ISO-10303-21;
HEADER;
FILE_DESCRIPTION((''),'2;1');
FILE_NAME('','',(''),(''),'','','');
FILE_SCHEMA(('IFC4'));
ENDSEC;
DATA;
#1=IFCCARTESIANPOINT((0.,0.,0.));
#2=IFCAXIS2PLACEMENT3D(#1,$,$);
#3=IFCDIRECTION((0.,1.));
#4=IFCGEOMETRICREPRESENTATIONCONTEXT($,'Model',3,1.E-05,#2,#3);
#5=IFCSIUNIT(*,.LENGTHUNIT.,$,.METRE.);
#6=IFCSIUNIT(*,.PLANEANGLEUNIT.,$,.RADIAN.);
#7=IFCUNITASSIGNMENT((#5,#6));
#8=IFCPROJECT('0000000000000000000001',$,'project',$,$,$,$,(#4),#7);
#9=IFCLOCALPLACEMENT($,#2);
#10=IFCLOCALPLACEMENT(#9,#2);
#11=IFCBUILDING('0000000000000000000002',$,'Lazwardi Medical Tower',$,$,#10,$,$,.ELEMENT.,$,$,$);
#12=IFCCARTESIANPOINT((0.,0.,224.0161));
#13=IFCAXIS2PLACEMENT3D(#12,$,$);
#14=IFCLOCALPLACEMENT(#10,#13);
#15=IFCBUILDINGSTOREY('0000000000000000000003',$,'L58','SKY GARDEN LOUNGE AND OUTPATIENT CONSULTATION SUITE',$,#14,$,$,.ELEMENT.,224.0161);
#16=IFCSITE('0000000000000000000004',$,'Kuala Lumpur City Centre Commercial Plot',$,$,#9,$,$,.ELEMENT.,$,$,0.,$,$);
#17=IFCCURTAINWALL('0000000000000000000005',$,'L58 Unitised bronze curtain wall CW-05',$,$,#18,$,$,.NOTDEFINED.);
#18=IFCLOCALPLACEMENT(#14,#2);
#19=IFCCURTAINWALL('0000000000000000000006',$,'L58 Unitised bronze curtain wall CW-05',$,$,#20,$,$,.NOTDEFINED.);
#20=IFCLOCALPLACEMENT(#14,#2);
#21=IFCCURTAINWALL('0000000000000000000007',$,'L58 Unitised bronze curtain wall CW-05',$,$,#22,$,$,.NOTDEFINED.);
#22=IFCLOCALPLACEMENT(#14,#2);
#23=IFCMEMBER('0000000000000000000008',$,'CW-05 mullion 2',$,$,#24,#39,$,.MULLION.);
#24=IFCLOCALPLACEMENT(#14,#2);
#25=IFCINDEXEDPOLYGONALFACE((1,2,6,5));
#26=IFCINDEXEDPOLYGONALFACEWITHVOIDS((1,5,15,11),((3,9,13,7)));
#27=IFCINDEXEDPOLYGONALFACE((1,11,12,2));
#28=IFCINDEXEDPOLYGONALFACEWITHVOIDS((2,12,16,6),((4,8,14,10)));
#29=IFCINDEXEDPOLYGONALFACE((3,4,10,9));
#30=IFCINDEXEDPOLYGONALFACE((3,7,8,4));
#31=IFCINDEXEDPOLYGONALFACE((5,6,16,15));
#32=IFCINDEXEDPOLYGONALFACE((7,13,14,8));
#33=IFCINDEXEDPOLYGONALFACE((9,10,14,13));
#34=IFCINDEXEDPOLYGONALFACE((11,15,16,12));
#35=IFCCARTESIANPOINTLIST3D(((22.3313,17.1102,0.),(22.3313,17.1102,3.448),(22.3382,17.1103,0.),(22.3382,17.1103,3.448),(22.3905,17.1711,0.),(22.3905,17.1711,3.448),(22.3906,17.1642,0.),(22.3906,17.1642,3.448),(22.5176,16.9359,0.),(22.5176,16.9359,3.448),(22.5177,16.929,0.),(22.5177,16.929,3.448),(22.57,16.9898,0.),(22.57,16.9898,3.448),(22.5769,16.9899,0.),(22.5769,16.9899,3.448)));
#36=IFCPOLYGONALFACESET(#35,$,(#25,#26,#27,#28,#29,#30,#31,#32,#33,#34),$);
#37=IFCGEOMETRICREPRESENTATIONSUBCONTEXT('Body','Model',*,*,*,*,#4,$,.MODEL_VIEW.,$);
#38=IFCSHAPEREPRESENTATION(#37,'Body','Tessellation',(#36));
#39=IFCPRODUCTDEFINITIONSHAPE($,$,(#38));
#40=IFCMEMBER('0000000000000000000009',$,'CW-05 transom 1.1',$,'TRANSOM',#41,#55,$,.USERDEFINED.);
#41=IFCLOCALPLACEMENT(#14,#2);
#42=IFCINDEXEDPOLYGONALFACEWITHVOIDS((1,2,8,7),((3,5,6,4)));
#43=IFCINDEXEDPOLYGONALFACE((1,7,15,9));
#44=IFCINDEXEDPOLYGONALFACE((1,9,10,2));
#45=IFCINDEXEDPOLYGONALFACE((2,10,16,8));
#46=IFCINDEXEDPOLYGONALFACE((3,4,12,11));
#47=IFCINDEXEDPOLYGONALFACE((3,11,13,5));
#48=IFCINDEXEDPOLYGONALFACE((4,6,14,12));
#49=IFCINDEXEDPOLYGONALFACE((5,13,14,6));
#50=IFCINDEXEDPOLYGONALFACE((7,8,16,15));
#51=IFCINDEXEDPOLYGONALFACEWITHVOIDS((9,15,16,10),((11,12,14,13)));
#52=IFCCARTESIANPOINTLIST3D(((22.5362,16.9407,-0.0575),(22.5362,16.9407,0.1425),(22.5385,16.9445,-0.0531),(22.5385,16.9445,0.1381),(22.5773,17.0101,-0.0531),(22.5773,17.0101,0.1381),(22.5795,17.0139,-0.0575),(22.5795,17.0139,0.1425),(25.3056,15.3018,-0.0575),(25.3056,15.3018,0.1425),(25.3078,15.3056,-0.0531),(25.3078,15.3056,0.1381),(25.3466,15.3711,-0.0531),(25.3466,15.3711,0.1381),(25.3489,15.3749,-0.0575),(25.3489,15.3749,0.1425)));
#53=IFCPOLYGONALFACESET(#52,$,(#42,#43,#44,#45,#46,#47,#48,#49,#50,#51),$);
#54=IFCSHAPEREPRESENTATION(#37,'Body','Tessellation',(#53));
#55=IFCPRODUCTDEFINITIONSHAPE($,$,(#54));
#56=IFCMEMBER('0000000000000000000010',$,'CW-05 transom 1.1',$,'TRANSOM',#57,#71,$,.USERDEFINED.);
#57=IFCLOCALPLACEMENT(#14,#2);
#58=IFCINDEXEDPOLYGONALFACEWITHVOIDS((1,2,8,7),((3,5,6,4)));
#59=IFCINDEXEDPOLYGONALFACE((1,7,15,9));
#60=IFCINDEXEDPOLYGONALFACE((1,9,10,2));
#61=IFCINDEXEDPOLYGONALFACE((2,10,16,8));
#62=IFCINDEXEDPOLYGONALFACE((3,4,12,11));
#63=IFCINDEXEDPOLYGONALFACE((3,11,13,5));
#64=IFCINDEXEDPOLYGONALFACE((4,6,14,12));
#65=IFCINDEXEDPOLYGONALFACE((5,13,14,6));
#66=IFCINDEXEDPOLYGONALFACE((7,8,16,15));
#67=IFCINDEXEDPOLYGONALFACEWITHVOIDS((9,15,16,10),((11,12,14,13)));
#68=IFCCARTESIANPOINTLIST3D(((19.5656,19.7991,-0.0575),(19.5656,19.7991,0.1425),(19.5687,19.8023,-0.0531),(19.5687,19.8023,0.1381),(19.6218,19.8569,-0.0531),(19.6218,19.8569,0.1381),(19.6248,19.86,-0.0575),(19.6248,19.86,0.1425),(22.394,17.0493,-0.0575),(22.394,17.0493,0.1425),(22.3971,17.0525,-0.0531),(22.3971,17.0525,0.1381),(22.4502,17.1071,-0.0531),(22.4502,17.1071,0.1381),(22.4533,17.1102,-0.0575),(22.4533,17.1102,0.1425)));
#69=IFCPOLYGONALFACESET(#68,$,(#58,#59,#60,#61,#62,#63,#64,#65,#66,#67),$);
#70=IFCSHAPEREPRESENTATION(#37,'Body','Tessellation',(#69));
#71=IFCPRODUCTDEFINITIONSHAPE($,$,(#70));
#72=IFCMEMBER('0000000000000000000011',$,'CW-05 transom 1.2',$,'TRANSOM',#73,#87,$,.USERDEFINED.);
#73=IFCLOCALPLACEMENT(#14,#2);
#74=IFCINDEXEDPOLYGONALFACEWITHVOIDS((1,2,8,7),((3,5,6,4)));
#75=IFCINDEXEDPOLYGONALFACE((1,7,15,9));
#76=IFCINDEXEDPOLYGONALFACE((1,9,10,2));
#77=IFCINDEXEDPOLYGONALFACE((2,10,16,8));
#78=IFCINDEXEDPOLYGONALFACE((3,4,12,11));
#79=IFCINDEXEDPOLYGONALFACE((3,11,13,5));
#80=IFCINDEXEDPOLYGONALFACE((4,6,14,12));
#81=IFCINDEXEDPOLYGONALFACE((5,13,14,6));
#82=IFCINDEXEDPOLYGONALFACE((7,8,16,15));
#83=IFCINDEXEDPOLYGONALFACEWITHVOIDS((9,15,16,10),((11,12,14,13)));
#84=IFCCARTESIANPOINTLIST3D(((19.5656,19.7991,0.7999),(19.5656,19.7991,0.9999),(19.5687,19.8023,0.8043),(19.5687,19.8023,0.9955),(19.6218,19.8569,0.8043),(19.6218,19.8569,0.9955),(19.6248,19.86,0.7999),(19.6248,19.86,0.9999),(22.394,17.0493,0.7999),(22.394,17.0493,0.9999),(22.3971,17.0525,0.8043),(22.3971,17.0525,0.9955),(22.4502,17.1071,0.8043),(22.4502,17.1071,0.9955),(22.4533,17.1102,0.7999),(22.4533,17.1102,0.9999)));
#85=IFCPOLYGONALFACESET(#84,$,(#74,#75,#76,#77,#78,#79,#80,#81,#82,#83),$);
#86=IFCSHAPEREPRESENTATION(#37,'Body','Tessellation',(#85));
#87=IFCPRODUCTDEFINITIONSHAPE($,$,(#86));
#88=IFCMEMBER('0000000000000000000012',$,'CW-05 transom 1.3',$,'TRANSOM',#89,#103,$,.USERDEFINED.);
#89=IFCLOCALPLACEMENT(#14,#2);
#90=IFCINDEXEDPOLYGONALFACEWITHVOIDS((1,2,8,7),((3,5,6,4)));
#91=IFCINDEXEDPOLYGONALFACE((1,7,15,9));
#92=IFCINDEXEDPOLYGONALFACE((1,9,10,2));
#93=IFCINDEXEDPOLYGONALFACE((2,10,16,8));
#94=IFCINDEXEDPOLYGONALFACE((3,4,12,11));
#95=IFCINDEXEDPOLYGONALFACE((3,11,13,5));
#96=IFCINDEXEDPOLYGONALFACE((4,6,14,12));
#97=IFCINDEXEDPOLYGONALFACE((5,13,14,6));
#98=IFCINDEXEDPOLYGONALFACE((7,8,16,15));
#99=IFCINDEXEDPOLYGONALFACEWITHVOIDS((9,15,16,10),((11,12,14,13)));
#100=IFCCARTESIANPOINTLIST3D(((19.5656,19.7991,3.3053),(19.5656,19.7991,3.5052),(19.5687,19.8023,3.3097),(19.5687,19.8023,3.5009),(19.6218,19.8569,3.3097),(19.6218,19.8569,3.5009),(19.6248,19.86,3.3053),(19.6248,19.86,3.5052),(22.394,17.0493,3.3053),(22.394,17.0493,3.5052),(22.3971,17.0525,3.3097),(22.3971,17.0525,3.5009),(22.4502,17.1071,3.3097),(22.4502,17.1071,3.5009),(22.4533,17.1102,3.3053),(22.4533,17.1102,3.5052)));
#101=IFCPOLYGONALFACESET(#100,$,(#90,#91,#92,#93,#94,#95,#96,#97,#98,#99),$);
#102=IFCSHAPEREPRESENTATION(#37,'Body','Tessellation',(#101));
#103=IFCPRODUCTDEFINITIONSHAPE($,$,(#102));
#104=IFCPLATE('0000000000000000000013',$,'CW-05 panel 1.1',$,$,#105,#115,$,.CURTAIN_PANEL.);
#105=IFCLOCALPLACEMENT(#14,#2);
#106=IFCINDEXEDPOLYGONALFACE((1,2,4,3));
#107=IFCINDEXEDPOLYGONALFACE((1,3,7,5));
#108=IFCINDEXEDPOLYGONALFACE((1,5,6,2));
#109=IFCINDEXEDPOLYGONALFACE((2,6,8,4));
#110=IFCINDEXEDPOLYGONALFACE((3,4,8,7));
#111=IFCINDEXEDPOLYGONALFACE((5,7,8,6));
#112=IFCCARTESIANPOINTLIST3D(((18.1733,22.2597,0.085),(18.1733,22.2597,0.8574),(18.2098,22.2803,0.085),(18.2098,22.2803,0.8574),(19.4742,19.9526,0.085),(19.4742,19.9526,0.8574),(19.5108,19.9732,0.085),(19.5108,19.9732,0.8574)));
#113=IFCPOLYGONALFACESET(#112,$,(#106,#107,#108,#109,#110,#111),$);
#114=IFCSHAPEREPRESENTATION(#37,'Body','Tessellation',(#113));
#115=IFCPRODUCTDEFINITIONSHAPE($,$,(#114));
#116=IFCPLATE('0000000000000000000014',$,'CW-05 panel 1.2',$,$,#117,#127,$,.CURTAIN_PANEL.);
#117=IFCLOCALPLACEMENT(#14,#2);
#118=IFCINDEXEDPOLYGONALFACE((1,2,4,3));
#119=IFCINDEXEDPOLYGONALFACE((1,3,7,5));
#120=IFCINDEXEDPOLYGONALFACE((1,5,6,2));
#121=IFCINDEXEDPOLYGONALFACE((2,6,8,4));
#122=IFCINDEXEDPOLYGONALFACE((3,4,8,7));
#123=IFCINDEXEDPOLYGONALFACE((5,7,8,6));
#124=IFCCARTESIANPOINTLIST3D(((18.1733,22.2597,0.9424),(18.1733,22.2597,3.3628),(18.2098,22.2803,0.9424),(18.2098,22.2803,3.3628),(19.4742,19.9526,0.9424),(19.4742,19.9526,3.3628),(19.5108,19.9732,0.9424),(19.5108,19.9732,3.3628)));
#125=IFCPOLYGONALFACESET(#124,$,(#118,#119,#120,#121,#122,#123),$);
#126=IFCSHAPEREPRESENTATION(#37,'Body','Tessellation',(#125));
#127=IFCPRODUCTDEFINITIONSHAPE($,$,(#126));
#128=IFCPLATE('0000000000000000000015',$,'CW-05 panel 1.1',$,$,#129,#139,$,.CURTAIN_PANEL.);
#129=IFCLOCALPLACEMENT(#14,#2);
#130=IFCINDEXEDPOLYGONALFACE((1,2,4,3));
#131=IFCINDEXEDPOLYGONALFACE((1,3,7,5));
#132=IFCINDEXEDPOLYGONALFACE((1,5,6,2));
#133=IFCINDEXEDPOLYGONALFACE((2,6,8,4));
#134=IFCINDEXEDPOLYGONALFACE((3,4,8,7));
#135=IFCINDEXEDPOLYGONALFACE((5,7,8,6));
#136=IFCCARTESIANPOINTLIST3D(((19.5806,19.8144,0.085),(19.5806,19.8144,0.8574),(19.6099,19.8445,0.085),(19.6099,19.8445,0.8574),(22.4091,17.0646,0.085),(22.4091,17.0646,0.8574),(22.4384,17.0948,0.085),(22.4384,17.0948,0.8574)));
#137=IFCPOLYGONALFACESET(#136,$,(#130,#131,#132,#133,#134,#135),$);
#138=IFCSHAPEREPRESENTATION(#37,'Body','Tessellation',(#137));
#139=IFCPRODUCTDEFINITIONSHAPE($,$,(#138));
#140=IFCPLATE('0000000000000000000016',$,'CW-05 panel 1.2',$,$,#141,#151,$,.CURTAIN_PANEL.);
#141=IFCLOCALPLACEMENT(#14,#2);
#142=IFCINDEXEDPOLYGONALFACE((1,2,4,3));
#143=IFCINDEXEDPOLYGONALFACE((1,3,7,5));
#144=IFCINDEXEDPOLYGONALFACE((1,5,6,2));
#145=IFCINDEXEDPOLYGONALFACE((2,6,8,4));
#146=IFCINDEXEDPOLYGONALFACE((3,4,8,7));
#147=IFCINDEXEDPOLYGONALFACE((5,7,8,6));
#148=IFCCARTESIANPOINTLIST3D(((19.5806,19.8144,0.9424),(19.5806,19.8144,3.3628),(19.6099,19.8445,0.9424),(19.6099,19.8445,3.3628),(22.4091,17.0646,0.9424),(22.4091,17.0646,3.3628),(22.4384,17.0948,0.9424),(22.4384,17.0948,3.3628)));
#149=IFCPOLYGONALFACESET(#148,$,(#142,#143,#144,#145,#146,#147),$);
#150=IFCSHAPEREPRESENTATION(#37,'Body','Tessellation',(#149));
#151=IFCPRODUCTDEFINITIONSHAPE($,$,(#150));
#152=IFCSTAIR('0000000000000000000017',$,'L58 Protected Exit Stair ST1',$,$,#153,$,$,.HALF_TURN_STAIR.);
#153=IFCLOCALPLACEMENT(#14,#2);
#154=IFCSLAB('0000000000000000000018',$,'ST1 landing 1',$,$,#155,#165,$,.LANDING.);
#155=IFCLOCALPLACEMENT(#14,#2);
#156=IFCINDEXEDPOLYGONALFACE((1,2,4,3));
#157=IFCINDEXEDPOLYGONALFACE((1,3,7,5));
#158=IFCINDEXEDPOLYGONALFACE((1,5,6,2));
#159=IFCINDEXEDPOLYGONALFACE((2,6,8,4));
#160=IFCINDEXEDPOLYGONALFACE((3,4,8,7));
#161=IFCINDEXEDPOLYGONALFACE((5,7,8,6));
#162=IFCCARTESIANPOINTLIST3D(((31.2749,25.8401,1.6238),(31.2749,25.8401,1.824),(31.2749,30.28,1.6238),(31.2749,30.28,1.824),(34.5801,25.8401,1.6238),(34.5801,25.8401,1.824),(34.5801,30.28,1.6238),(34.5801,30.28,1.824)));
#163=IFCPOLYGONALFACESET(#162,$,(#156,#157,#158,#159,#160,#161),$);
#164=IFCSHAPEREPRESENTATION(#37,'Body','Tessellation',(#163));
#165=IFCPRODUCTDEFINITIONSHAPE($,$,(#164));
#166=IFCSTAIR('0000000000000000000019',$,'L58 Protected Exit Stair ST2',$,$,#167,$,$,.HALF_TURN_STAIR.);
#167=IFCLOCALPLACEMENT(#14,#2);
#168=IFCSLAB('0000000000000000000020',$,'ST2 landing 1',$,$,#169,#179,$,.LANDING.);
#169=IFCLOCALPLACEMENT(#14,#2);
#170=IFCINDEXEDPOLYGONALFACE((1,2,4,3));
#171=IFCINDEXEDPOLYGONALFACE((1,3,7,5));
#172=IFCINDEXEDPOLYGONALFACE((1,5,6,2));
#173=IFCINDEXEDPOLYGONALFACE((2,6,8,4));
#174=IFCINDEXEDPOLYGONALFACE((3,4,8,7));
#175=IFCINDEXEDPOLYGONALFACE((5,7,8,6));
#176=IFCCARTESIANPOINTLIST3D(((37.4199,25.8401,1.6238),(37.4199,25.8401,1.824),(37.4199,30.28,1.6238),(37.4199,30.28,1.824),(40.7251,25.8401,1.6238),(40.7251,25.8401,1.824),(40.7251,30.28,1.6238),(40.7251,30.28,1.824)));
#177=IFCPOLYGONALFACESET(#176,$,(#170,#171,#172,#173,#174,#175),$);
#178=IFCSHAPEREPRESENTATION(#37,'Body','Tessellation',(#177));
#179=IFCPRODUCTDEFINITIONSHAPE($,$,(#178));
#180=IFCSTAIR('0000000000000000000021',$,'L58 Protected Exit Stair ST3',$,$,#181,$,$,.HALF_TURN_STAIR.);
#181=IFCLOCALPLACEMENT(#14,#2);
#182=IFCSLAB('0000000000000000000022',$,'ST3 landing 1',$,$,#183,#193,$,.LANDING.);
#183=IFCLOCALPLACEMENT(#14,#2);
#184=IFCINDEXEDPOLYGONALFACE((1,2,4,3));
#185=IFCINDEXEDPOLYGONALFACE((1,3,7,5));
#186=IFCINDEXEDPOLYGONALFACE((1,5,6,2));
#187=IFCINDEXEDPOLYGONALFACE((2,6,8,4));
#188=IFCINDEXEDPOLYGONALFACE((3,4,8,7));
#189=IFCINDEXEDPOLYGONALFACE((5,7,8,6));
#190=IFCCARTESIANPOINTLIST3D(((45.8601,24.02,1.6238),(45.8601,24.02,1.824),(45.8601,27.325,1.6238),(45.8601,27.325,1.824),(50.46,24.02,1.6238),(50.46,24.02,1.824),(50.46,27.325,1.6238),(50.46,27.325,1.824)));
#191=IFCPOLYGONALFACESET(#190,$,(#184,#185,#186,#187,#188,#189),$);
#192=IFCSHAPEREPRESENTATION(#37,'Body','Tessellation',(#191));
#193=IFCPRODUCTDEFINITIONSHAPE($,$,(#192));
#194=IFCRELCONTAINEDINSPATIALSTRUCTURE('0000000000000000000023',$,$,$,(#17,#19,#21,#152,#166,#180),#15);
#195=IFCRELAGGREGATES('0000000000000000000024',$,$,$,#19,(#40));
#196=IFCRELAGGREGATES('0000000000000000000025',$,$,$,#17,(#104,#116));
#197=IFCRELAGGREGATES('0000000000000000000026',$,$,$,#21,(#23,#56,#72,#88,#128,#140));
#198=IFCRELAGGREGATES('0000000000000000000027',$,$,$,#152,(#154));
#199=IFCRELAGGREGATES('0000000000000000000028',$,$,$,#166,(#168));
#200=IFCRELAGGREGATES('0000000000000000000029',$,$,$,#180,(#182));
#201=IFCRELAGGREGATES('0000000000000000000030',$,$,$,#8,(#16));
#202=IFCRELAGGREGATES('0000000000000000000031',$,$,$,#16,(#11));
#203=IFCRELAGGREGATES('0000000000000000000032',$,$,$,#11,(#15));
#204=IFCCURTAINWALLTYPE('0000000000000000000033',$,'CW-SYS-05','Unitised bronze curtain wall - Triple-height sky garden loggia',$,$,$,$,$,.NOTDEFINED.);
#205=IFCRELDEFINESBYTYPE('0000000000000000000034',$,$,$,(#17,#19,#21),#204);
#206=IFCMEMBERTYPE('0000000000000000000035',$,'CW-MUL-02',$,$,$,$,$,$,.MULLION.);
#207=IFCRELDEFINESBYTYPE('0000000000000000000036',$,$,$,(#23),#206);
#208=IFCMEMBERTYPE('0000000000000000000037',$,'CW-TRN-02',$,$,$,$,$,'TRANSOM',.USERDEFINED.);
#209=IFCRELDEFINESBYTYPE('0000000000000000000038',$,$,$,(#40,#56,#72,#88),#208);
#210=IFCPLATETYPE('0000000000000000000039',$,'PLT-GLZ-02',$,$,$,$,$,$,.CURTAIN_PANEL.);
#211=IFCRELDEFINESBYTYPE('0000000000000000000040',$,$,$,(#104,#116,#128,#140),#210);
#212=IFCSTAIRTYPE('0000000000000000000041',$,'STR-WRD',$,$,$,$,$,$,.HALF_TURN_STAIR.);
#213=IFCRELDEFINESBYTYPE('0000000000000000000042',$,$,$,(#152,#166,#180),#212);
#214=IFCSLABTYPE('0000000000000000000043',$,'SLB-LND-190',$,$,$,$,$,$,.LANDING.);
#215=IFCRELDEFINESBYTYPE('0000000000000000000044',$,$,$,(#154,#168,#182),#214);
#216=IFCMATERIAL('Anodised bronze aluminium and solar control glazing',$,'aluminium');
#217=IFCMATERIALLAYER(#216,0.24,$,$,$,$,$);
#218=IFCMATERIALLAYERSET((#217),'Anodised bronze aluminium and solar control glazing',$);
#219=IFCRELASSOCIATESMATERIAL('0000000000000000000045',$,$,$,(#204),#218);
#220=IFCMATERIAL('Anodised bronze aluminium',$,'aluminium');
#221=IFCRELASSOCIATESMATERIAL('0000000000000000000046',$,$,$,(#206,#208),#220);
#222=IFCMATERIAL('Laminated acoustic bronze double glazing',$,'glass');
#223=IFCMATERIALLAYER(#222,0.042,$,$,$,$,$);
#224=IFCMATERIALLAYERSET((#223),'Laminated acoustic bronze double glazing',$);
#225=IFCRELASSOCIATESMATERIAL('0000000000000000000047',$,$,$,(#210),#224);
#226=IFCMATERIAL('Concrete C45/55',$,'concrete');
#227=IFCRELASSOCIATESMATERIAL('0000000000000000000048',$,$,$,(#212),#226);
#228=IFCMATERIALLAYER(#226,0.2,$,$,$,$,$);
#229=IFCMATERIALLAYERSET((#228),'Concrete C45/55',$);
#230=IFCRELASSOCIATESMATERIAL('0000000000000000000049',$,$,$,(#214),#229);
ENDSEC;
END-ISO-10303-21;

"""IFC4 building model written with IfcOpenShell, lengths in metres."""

from ifc_helpers import new_model, si_unit, direction, frame, origin, origin_2d, place, context, subcontext, project, spatial, polyline, rectangle, hollow_rectangle, outline, extrude, material, layer, layer_set, material_profile, profile_set, type_object, element, aggregate, save


model = new_model("IFC4")

# Units and contexts
model_context = context("Model", 3, precision=1e-05, world=origin(), true_north=direction((0.0, 1.0)))
body_context = subcontext(model_context, "Body", "Model", "MODEL_VIEW")
ifc_project = project(units=[si_unit("LENGTHUNIT", "METRE"), si_unit("PLANEANGLEUNIT", "RADIAN")], contexts=[model_context])

# Site, building, storey
site_placement = place(None, origin())
site = spatial("IfcSite", under=ifc_project, at=site_placement, Name="Kuala Lumpur City Centre Commercial Plot", CompositionType="ELEMENT", RefElevation=0.0)
building_placement = place(site_placement, origin())
building = spatial("IfcBuilding", under=site, at=building_placement, Name="Lazwardi Medical Tower", CompositionType="ELEMENT")
storey_placement = place(building_placement, frame((0.0, 0.0, 224.0161)))
storey = spatial("IfcBuildingStorey", under=building, at=storey_placement, Name="L58", Description="SKY GARDEN LOUNGE AND OUTPATIENT CONSULTATION SUITE", CompositionType="ELEMENT", Elevation=224.0161)

# Curtain walls
ifc_material_1 = material(Name="Anodised bronze aluminium and solar control glazing", Category="aluminium")
ifc_layer_1 = layer(ifc_material_1, 0.24)
ifc_layer_set_1 = layer_set([ifc_layer_1], Name="Anodised bronze aluminium and solar control glazing")
curtain_wall_type = type_object("IfcCurtainWallType", Name="CW-SYS-05", Description="Unitised bronze curtain wall - Triple-height sky garden loggia", PredefinedType="NOTDEFINED", material=ifc_layer_set_1)
curtain_wall_1_placement = place(storey_placement, origin())
curtain_wall_1 = element("IfcCurtainWall", 1, at=curtain_wall_1_placement, inside=storey, type_object=curtain_wall_type, Name="L58 Unitised bronze curtain wall CW-05", PredefinedType="NOTDEFINED")
ifc_material_2 = material(Name="Anodised bronze aluminium", Category="aluminium")
ifc_material_profile_1 = material_profile(ifc_material_2, hollow_rectangle(XDim=0.085, YDim=0.26, WallThickness=0.0049, at=origin_2d()), Name="ALU-MULLION 260x85x5")
ifc_profile_set_1 = profile_set([ifc_material_profile_1], Name="Anodised bronze aluminium")
member_type_1 = type_object("IfcMemberType", Name="CW-MUL-02", PredefinedType="MULLION", material=ifc_profile_set_1)
curtain_wall_2_placement = place(storey_placement, origin())
curtain_wall_2 = element("IfcCurtainWall", 2, at=curtain_wall_2_placement, inside=storey, type_object=curtain_wall_type, Name="L58 Unitised bronze curtain wall CW-05", PredefinedType="NOTDEFINED")

# Curtain wall, member
curtain_wall_3_placement = place(storey_placement, origin())
curtain_wall_3 = element("IfcCurtainWall", 3, at=curtain_wall_3_placement, inside=storey, type_object=curtain_wall_type, Name="L58 Unitised bronze curtain wall CW-05", PredefinedType="NOTDEFINED")
member_1_placement = place(storey_placement, frame((22.4541, 17.05, 0.0), z_axis=(0.0, 0.0, 1.0), x_axis=(0.69706, 0.717012, 0.0)))
member_1 = element("IfcMember", 4, at=member_1_placement, type_object=member_type_1, Name="CW-05 mullion 2", PredefinedType="MULLION", context=body_context, shape_type="SweptSolid", body=[
    extrude(hollow_rectangle(XDim=0.085, YDim=0.26, WallThickness=0.0049, at=origin_2d()), origin(), (0.0, 0.0, 1.0), 3.448),
])

# Members
ifc_material_profile_2 = material_profile(ifc_material_2, hollow_rectangle(XDim=0.085, YDim=0.2, WallThickness=0.0044, at=origin_2d()), Name="ALU-TRANSOM 200x85x4.5")
ifc_profile_set_2 = profile_set([ifc_material_profile_2], Name="Anodised bronze aluminium")
member_type_2 = type_object("IfcMemberType", Name="CW-TRN-02", ElementType="TRANSOM", PredefinedType="USERDEFINED", material=ifc_profile_set_2)
member_2_placement = place(storey_placement, frame((22.5579, 16.9773, 0.0425), z_axis=(0.860583, -0.509309, 0.0), x_axis=(0.509309, 0.860583, 0.0)))
member_2 = element("IfcMember", 5, at=member_2_placement, type_object=member_type_2, Name="CW-05 transom 1.1", ObjectType="TRANSOM", PredefinedType="USERDEFINED", context=body_context, shape_type="SweptSolid", body=[
    extrude(hollow_rectangle(XDim=0.085, YDim=0.2, WallThickness=0.0044, at=origin_2d()), origin(), (0.0, 0.0, 1.0), 3.218),
])
aggregate(curtain_wall_2, [member_2])
member_3_placement = place(storey_placement, frame((19.5952, 19.8296, 0.0425), z_axis=(0.717001, -0.697072, 0.0), x_axis=(0.697072, 0.717001, 0.0)))
member_3 = element("IfcMember", 6, at=member_3_placement, type_object=member_type_2, Name="CW-05 transom 1.1", ObjectType="TRANSOM", PredefinedType="USERDEFINED", context=body_context, shape_type="SweptSolid", body=[
    extrude(hollow_rectangle(XDim=0.085, YDim=0.2, WallThickness=0.0044, at=origin_2d()), origin(), (0.0, 0.0, 1.0), 3.9448),
])
member_4_placement = place(storey_placement, frame((19.5952, 19.8296, 0.8999), z_axis=(0.717001, -0.697072, 0.0), x_axis=(0.697072, 0.717001, 0.0)))
member_4 = element("IfcMember", 7, at=member_4_placement, type_object=member_type_2, Name="CW-05 transom 1.2", ObjectType="TRANSOM", PredefinedType="USERDEFINED", context=body_context, shape_type="SweptSolid", body=[
    extrude(hollow_rectangle(XDim=0.085, YDim=0.2, WallThickness=0.0044, at=origin_2d()), origin(), (0.0, 0.0, 1.0), 3.9448),
])
member_5_placement = place(storey_placement, frame((19.5952, 19.8296, 3.4053), z_axis=(0.717001, -0.697072, 0.0), x_axis=(0.697072, 0.717001, 0.0)))
member_5 = element("IfcMember", 8, at=member_5_placement, type_object=member_type_2, Name="CW-05 transom 1.3", ObjectType="TRANSOM", PredefinedType="USERDEFINED", context=body_context, shape_type="SweptSolid", body=[
    extrude(hollow_rectangle(XDim=0.085, YDim=0.2, WallThickness=0.0044, at=origin_2d()), origin(), (0.0, 0.0, 1.0), 3.9448),
])

# Plates
ifc_material_3 = material(Name="Laminated acoustic bronze double glazing", Category="glass")
ifc_layer_2 = layer(ifc_material_3, 0.042)
ifc_layer_set_2 = layer_set([ifc_layer_2], Name="Laminated acoustic bronze double glazing")
plate_type = type_object("IfcPlateType", Name="PLT-GLZ-02", PredefinedType="CURTAIN_PANEL", material=ifc_layer_set_2)
plate_1_placement = place(storey_placement, frame((18.842, 21.1165, 0.085), z_axis=(0.0, 0.0, 1.0), x_axis=(0.491176, -0.871061, 0.0)))
plate_1 = element("IfcPlate", 9, at=plate_1_placement, type_object=plate_type, Name="CW-05 panel 1.1", PredefinedType="CURTAIN_PANEL", context=body_context, shape_type="SweptSolid", body=[
    extrude(rectangle(XDim=2.6487, YDim=0.042, at=origin_2d()), origin(), (0.0, 0.0, 1.0), 0.7725),
])
plate_2_placement = place(storey_placement, frame((18.842, 21.1165, 0.9424), z_axis=(0.0, 0.0, 1.0), x_axis=(0.491176, -0.871061, 0.0)))
plate_2 = element("IfcPlate", 10, at=plate_2_placement, type_object=plate_type, Name="CW-05 panel 1.2", PredefinedType="CURTAIN_PANEL", context=body_context, shape_type="SweptSolid", body=[
    extrude(rectangle(XDim=2.6487, YDim=0.042, at=origin_2d()), origin(), (0.0, 0.0, 1.0), 2.4204),
])
aggregate(curtain_wall_1, [plate_1, plate_2])
plate_3_placement = place(storey_placement, frame((21.0095, 18.4546, 0.085), z_axis=(0.0, 0.0, 1.0), x_axis=(0.717012, -0.69706, 0.0)))
plate_3 = element("IfcPlate", 11, at=plate_3_placement, type_object=plate_type, Name="CW-05 panel 1.1", PredefinedType="CURTAIN_PANEL", context=body_context, shape_type="SweptSolid", body=[
    extrude(rectangle(XDim=3.9448, YDim=0.042, at=origin_2d()), origin(), (0.0, 0.0, 1.0), 0.7725),
])
plate_4_placement = place(storey_placement, frame((21.0095, 18.4546, 0.9424), z_axis=(0.0, 0.0, 1.0), x_axis=(0.717012, -0.69706, 0.0)))
plate_4 = element("IfcPlate", 12, at=plate_4_placement, type_object=plate_type, Name="CW-05 panel 1.2", PredefinedType="CURTAIN_PANEL", context=body_context, shape_type="SweptSolid", body=[
    extrude(rectangle(XDim=3.9448, YDim=0.042, at=origin_2d()), origin(), (0.0, 0.0, 1.0), 2.4204),
])
aggregate(curtain_wall_3, [member_1, member_3, member_4, member_5, plate_3, plate_4])

# Stairs, slabs
ifc_material_4 = material(Name="Concrete C45/55", Category="concrete")
stair_type = type_object("IfcStairType", Name="STR-WRD", PredefinedType="HALF_TURN_STAIR", material=ifc_material_4)
stair_1_placement = place(storey_placement, origin())
stair_1 = element("IfcStair", 13, at=stair_1_placement, inside=storey, type_object=stair_type, Name="L58 Protected Exit Stair ST1", PredefinedType="HALF_TURN_STAIR")
ifc_layer_3 = layer(ifc_material_4, 0.2)
ifc_layer_set_3 = layer_set([ifc_layer_3], Name="Concrete C45/55")
slab_type = type_object("IfcSlabType", Name="SLB-LND-190", PredefinedType="LANDING", material=ifc_layer_set_3)
slab_1_placement = place(storey_placement, frame((0.0, 0.0, 1.6238)))
slab_1 = element("IfcSlab", 14, at=slab_1_placement, type_object=slab_type, Name="ST1 landing 1", PredefinedType="LANDING", context=body_context, shape_type="SweptSolid", body=[
    extrude(outline(polyline([(31.2749, 25.8401), (34.5801, 25.8401), (34.5801, 30.28), (31.2749, 30.28), (31.2749, 25.8401)])), origin(), (0.0, 0.0, 1.0), 0.2002),
])
aggregate(stair_1, [slab_1])
stair_2_placement = place(storey_placement, origin())
stair_2 = element("IfcStair", 15, at=stair_2_placement, inside=storey, type_object=stair_type, Name="L58 Protected Exit Stair ST2", PredefinedType="HALF_TURN_STAIR")
slab_2_placement = place(storey_placement, frame((0.0, 0.0, 1.6238)))
slab_2 = element("IfcSlab", 16, at=slab_2_placement, type_object=slab_type, Name="ST2 landing 1", PredefinedType="LANDING", context=body_context, shape_type="SweptSolid", body=[
    extrude(outline(polyline([(40.7251, 30.28), (37.4199, 30.28), (37.4199, 25.8401), (40.7251, 25.8401), (40.7251, 30.28)])), origin(), (0.0, 0.0, 1.0), 0.2002),
])
aggregate(stair_2, [slab_2])
stair_3_placement = place(storey_placement, origin())
stair_3 = element("IfcStair", 17, at=stair_3_placement, inside=storey, type_object=stair_type, Name="L58 Protected Exit Stair ST3", PredefinedType="HALF_TURN_STAIR")
slab_3_placement = place(storey_placement, frame((0.0, 0.0, 1.6238)))
slab_3 = element("IfcSlab", 18, at=slab_3_placement, type_object=slab_type, Name="ST3 landing 1", PredefinedType="LANDING", context=body_context, shape_type="SweptSolid", body=[
    extrude(outline(polyline([(45.8601, 27.325), (45.8601, 24.02), (50.46, 24.02), (50.46, 27.325), (45.8601, 27.325)])), origin(), (0.0, 0.0, 1.0), 0.2002),
])
aggregate(stair_3, [slab_3])

save(model, "model.ifc")
